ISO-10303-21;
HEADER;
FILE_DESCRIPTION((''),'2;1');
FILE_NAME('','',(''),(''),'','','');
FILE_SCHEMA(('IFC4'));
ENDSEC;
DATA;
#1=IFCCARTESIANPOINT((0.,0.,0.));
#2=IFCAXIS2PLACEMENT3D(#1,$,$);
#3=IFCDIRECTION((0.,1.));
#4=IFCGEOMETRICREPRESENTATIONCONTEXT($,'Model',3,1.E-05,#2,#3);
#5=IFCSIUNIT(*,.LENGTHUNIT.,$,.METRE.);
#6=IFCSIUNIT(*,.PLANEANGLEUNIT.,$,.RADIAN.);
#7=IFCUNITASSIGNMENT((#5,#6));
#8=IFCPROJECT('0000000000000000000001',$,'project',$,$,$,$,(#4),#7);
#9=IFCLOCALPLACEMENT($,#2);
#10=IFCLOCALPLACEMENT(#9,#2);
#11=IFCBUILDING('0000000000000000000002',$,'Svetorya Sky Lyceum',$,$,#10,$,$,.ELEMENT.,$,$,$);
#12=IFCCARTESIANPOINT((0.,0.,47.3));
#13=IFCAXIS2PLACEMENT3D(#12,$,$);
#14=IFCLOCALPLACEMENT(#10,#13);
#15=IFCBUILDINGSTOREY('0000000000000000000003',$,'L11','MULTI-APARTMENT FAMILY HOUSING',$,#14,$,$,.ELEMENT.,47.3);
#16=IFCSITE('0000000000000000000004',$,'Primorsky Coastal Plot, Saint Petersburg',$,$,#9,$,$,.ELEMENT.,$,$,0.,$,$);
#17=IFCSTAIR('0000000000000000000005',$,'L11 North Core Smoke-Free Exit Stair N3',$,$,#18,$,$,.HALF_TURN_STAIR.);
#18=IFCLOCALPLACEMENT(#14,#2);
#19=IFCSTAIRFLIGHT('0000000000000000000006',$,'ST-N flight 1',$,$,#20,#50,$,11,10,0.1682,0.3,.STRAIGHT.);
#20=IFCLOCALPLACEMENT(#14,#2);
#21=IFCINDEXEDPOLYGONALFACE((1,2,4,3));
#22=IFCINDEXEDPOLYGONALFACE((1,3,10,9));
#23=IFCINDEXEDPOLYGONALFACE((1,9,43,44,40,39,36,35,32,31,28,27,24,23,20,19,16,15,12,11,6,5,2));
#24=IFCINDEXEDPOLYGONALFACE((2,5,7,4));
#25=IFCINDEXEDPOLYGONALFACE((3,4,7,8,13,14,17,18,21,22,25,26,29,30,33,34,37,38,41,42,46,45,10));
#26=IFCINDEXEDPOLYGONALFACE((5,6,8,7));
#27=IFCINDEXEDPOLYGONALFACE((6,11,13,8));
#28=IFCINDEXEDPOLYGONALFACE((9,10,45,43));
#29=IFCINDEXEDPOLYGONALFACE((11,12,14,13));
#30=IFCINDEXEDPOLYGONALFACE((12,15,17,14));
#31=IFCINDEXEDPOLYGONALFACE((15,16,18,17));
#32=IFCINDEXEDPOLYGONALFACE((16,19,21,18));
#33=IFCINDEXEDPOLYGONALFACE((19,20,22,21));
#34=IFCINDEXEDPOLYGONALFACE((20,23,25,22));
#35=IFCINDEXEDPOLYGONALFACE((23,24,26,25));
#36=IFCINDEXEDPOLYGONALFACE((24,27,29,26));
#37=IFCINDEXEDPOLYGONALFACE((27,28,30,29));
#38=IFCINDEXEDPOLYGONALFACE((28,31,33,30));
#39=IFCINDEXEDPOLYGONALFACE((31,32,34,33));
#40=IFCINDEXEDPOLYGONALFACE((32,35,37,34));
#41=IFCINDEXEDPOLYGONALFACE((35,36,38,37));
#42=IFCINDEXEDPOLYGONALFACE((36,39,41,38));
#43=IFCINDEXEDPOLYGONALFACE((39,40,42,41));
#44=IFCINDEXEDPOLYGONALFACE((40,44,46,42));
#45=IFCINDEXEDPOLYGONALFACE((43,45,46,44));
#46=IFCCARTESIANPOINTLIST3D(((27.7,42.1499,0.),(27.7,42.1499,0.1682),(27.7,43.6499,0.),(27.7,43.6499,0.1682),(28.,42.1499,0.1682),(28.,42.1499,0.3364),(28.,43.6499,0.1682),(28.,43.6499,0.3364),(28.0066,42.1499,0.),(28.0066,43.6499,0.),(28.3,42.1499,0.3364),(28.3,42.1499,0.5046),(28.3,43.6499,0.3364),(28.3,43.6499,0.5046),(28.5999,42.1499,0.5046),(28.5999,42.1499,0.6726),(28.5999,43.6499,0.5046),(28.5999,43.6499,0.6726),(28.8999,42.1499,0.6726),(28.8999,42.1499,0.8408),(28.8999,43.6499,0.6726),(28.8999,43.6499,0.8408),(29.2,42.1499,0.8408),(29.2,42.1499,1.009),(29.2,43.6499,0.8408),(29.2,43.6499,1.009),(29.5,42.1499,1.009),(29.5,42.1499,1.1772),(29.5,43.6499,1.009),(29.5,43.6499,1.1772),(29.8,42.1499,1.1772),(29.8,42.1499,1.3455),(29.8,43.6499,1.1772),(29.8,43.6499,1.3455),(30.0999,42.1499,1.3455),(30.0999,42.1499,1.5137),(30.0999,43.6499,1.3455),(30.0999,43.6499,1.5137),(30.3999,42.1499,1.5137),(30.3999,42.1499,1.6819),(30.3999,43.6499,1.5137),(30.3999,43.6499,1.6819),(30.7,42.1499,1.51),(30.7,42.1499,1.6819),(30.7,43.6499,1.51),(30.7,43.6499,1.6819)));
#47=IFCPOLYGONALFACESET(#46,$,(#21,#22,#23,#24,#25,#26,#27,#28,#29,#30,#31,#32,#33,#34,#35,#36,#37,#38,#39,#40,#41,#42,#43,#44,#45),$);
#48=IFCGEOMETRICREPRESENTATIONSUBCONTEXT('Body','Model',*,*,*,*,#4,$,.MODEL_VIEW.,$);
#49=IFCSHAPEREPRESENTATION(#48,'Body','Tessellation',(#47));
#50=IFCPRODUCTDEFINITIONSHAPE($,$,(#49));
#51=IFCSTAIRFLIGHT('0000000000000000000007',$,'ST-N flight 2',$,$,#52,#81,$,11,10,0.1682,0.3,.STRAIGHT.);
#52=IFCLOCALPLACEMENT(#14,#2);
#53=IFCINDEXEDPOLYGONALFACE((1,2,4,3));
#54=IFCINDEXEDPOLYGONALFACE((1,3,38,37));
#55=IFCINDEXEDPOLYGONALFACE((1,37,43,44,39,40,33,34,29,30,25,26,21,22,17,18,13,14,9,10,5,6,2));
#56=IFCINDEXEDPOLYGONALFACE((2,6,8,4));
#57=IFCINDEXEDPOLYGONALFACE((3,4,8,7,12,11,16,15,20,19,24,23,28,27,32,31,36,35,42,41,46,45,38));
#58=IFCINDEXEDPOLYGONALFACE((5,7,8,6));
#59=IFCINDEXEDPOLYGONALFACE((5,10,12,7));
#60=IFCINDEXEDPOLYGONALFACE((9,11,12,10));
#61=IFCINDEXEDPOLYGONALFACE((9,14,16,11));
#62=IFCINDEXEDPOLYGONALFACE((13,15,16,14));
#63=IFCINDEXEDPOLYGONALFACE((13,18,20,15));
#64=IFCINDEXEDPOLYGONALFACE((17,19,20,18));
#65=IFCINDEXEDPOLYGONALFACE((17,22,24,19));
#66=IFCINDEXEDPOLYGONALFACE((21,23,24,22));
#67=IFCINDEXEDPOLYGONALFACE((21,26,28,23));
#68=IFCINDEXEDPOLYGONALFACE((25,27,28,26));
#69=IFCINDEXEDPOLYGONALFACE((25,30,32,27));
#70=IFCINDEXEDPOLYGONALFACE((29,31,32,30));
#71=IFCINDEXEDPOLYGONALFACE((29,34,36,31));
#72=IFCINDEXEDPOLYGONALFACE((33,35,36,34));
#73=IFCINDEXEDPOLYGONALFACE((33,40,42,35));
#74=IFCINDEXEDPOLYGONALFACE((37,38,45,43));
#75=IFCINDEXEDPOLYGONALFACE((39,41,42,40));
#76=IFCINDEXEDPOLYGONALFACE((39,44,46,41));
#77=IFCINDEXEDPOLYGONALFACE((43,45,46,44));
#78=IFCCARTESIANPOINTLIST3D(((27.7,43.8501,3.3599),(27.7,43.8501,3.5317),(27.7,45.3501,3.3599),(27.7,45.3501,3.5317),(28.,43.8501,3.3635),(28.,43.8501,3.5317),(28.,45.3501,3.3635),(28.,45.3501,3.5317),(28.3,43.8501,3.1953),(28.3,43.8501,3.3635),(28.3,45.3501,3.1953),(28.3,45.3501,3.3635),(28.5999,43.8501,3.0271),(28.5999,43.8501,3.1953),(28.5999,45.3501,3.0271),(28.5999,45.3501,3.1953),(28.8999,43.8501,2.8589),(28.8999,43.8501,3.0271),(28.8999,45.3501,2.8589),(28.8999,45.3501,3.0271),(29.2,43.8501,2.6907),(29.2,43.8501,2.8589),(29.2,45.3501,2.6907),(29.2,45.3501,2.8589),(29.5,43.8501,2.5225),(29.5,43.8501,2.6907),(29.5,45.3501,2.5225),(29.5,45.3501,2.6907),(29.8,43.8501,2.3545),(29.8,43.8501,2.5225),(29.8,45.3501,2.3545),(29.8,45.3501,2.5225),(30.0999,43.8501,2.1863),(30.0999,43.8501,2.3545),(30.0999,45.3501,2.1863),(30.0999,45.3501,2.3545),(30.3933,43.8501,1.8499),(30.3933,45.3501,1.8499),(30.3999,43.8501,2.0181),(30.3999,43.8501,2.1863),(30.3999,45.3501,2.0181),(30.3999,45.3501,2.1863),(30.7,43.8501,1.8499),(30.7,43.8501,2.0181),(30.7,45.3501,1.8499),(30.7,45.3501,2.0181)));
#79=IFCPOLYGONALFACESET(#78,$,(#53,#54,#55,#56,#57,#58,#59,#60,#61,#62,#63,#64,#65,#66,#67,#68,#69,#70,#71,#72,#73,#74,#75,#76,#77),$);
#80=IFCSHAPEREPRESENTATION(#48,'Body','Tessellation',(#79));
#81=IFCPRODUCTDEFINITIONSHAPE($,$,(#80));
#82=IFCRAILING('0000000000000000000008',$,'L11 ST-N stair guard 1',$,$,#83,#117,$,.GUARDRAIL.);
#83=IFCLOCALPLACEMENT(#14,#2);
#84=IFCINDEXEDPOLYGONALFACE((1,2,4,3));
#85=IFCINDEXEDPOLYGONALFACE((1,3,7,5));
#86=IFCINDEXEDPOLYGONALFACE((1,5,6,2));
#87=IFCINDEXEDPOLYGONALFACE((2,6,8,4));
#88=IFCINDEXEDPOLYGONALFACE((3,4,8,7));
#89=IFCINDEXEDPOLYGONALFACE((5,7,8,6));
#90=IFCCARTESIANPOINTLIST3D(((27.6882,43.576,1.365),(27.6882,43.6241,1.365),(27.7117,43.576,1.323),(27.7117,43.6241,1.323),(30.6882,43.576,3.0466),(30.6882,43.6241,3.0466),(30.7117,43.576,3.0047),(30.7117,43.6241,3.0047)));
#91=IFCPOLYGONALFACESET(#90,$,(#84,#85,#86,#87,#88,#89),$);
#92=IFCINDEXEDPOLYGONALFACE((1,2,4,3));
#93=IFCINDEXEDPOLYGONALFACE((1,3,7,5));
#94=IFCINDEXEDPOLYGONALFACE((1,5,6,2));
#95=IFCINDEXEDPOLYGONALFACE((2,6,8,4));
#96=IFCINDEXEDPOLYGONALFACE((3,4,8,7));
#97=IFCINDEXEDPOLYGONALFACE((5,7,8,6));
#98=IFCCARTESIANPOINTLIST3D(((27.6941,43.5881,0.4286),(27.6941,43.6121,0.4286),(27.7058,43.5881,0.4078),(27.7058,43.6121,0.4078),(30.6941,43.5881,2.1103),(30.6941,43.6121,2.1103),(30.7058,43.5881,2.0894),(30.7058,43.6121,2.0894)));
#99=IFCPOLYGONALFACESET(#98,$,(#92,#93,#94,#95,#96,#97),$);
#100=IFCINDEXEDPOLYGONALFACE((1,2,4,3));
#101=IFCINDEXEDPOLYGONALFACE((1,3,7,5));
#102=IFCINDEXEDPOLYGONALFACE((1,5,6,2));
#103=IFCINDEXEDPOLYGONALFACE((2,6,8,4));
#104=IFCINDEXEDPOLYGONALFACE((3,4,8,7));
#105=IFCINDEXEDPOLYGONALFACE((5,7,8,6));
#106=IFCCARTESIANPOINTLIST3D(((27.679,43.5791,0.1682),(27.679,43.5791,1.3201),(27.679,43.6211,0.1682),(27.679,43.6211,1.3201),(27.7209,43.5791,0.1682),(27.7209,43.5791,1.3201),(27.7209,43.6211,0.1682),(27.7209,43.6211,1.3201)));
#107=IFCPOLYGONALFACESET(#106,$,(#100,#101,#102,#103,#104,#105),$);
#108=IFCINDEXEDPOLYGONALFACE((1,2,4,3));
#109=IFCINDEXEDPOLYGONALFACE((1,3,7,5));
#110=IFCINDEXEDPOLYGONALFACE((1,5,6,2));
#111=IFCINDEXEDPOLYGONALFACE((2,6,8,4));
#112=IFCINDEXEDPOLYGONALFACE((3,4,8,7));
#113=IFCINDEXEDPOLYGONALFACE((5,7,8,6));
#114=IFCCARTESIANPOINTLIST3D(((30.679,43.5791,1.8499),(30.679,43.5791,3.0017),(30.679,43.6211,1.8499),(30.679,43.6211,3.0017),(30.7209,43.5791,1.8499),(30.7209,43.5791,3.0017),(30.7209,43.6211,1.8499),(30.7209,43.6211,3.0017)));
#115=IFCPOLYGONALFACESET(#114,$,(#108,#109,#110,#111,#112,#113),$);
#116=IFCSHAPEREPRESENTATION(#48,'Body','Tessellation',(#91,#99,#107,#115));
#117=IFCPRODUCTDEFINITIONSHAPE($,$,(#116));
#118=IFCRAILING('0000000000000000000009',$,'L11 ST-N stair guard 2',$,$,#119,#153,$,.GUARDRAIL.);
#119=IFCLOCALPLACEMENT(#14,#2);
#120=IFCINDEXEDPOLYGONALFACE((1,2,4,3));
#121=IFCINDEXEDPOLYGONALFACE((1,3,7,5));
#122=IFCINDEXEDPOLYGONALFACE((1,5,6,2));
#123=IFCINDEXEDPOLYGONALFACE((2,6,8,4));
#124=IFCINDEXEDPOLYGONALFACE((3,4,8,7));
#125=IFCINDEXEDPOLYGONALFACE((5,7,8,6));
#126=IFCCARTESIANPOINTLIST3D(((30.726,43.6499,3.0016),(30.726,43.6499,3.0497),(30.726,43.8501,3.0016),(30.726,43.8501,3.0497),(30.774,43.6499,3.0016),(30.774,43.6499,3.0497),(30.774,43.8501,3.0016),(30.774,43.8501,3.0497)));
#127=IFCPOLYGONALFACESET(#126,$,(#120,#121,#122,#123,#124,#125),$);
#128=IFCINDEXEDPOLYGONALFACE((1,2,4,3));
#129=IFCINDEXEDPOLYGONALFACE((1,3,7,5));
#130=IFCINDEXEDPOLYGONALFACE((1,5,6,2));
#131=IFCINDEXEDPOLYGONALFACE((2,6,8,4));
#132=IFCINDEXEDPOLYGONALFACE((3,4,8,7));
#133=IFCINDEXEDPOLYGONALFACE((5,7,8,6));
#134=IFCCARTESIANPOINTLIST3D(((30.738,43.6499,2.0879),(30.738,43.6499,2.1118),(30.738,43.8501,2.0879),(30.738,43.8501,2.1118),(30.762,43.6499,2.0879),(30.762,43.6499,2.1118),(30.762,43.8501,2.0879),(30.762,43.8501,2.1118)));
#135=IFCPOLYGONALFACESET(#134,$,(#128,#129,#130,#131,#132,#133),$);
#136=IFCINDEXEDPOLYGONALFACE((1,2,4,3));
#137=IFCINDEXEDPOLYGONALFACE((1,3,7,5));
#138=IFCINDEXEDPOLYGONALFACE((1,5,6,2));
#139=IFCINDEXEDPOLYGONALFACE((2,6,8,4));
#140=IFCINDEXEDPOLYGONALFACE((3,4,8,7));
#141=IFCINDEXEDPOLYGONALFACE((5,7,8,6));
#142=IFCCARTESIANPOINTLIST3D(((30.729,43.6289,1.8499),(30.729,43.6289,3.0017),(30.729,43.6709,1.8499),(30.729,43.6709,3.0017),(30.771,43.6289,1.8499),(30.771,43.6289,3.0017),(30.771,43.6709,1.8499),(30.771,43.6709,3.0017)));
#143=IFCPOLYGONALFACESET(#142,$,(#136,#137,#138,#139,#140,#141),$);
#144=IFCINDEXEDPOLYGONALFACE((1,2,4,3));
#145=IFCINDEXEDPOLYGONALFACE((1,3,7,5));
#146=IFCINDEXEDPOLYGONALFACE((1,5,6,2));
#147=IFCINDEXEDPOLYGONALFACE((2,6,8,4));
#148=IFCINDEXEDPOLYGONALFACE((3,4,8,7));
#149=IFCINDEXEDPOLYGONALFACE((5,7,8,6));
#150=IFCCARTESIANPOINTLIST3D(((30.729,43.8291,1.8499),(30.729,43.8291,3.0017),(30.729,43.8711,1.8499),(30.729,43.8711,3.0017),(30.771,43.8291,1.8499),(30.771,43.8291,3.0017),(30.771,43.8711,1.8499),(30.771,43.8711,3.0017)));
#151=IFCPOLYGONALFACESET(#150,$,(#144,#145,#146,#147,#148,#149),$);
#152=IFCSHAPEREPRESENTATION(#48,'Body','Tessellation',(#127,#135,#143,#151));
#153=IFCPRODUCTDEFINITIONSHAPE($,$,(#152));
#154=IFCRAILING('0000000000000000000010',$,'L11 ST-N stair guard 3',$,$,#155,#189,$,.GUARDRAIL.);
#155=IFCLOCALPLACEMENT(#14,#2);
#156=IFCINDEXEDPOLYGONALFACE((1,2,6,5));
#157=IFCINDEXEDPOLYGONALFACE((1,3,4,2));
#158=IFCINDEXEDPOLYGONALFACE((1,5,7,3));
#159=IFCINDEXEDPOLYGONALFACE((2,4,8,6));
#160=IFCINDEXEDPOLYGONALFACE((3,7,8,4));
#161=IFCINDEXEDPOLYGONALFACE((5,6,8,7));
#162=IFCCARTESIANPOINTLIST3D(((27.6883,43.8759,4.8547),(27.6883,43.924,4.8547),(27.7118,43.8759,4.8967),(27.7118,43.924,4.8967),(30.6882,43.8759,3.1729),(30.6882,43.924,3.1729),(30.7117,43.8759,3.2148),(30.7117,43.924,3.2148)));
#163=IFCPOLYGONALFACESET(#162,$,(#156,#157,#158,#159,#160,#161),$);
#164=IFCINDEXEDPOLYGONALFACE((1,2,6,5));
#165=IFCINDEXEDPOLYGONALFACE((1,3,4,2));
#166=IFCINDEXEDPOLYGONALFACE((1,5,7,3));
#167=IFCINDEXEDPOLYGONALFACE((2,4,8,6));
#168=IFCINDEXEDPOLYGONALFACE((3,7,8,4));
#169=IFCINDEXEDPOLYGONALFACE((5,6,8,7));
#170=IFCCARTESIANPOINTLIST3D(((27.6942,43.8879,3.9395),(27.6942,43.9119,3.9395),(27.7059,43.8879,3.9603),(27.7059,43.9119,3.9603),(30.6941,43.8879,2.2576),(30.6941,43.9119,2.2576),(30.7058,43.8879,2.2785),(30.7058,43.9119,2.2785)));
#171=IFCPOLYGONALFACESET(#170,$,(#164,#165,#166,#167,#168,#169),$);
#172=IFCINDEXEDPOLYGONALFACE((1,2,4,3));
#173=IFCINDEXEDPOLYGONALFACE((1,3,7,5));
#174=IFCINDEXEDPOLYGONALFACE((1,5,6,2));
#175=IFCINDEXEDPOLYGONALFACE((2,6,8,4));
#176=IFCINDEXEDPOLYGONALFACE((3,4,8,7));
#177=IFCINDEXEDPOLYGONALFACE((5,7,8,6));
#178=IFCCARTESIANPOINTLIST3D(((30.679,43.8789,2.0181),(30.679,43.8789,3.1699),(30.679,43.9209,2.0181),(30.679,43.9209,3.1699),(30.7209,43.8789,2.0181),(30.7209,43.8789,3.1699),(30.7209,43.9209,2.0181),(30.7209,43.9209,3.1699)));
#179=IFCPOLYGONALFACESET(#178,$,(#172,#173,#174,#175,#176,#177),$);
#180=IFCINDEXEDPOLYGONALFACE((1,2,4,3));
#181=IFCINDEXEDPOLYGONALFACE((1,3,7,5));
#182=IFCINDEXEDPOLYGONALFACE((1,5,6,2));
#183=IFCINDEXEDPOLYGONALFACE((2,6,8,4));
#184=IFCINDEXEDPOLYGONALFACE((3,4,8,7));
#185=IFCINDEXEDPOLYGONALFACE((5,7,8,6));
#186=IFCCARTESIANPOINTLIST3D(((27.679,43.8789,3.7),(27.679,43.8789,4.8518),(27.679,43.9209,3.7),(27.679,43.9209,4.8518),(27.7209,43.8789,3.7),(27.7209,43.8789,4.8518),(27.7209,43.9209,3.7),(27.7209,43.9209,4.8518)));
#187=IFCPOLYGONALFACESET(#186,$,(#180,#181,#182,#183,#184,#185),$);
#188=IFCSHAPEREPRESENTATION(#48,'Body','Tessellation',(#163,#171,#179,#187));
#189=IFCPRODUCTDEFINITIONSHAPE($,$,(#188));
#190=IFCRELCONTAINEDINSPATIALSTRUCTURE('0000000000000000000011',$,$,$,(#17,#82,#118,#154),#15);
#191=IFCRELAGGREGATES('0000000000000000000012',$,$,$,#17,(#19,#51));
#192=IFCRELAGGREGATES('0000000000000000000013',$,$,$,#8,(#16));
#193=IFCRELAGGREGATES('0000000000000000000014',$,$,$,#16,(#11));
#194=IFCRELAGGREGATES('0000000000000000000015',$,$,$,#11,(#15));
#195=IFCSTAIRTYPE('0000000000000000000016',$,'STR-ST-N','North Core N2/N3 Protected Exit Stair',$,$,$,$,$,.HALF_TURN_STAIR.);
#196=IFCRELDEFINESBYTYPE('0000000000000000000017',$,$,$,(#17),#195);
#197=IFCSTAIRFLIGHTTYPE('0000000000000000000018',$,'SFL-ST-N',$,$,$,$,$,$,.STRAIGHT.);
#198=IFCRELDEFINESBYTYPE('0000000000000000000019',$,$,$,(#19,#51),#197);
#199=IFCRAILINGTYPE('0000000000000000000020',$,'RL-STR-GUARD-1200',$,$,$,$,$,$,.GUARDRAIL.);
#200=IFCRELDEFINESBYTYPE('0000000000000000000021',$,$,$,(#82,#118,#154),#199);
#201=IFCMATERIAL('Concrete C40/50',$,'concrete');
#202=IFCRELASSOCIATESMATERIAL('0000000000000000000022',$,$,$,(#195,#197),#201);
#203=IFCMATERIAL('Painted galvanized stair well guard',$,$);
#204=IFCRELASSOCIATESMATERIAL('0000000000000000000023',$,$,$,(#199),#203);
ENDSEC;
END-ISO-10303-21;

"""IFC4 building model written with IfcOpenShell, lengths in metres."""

from ifc_helpers import new_model, si_unit, direction, frame, origin, origin_2d, place, context, subcontext, project, spatial, polyline, rectangle, outline, extrude, material, type_object, element, aggregate, save


model = new_model("IFC4")

# Units and contexts
model_context = context("Model", 3, precision=1e-05, world=origin(), true_north=direction((0.0, 1.0)))
body_context = subcontext(model_context, "Body", "Model", "MODEL_VIEW")
ifc_project = project(units=[si_unit("LENGTHUNIT", "METRE"), si_unit("PLANEANGLEUNIT", "RADIAN")], contexts=[model_context])

# Site, building, storey
site_placement = place(None, origin())
site = spatial("IfcSite", under=ifc_project, at=site_placement, Name="Primorsky Coastal Plot, Saint Petersburg", CompositionType="ELEMENT", RefElevation=0.0)
building_placement = place(site_placement, origin())
building = spatial("IfcBuilding", under=site, at=building_placement, Name="Svetorya Sky Lyceum", CompositionType="ELEMENT")
storey_placement = place(building_placement, frame((0.0, 0.0, 47.3)))
storey = spatial("IfcBuildingStorey", under=building, at=storey_placement, Name="L11", Description="MULTI-APARTMENT FAMILY HOUSING", CompositionType="ELEMENT", Elevation=47.3)

# Stair, stair flights
ifc_material_1 = material(Name="Concrete C40/50", Category="concrete")
stair_type = type_object("IfcStairType", Name="STR-ST-N", Description="North Core N2/N3 Protected Exit Stair", PredefinedType="HALF_TURN_STAIR", material=ifc_material_1)
stair_placement = place(storey_placement, origin())
stair = element("IfcStair", 1, at=stair_placement, inside=storey, type_object=stair_type, Name="L11 North Core Smoke-Free Exit Stair N3", PredefinedType="HALF_TURN_STAIR")
stair_flight_type = type_object("IfcStairFlightType", Name="SFL-ST-N", PredefinedType="STRAIGHT", material=ifc_material_1)
stair_flight_1_placement = place(storey_placement, frame((27.7, 42.8999, 0.0), z_axis=(0.0, 0.0, 1.0), x_axis=(1.0, 0.0, 0.0)))
stair_flight_1 = element("IfcStairFlight", 2, at=stair_flight_1_placement, type_object=stair_flight_type, Name="ST-N flight 1", NumberOfRisers=11, NumberOfTreads=10, PredefinedType="STRAIGHT", RiserHeight=0.1682, TreadLength=0.3, context=body_context, shape_type="SweptSolid", body=[
    extrude(outline(polyline([(0.0, 0.0), (0.0, 0.1682), (0.3, 0.1682), (0.3, 0.3364), (0.6001, 0.3364), (0.6001, 0.5046), (0.8999, 0.5046), (0.8999, 0.6726), (1.2, 0.6726), (1.2, 0.8408), (1.5, 0.8408), (1.5, 1.009), (1.8, 1.009), (1.8, 1.1772), (2.1001, 1.1772), (2.1001, 1.3455), (2.3999, 1.3455), (2.3999, 1.5137), (2.7, 1.5137), (2.7, 1.6819), (3.0, 1.6819), (3.0, 1.8501), (3.0, 1.51), (0.3066, 0.0), (0.0, 0.0)])), frame((0.0, 0.75, 0.0), z_axis=(0.0, -1.0, 0.0), x_axis=(1.0, 0.0, 0.0)), (0.0, 0.0, 1.0), 1.5),
])
stair_flight_2_placement = place(storey_placement, frame((30.7, 44.6001, 1.8499), z_axis=(0.0, 0.0, 1.0), x_axis=(-1.0, 0.0, 0.0)))
stair_flight_2 = element("IfcStairFlight", 3, at=stair_flight_2_placement, type_object=stair_flight_type, Name="ST-N flight 2", NumberOfRisers=11, NumberOfTreads=10, PredefinedType="STRAIGHT", RiserHeight=0.1682, TreadLength=0.3, context=body_context, shape_type="SweptSolid", body=[
    extrude(outline(polyline([(0.0, 0.0), (0.0, 0.1682), (0.3, 0.1682), (0.3, 0.3364), (0.6001, 0.3364), (0.6001, 0.5046), (0.8999, 0.5046), (0.8999, 0.6726), (1.2, 0.6726), (1.2, 0.8408), (1.5, 0.8408), (1.5, 1.009), (1.8, 1.009), (1.8, 1.1772), (2.1001, 1.1772), (2.1001, 1.3455), (2.3999, 1.3455), (2.3999, 1.5137), (2.7, 1.5137), (2.7, 1.6819), (3.0, 1.6819), (3.0, 1.8501), (3.0, 1.51), (0.3066, 0.0), (0.0, 0.0)])), frame((0.0, 0.75, 0.0), z_axis=(0.0, -1.0, 0.0), x_axis=(1.0, 0.0, 0.0)), (0.0, 0.0, 1.0), 1.5),
])
aggregate(stair, [stair_flight_1, stair_flight_2])

# Railings
ifc_material_2 = material(Name="Painted galvanized stair well guard")
railing_type_1 = type_object("IfcRailingType", Name="RL-STR-GUARD-1200", PredefinedType="GUARDRAIL", material=ifc_material_2)
railing_1_placement = place(storey_placement, frame((27.7, 43.6001, 0.1682)))
element("IfcRailing", 4, at=railing_1_placement, inside=storey, type_object=railing_type_1, Name="L11 ST-N stair guard 1", PredefinedType="GUARDRAIL", context=body_context, shape_type="SweptSolid", body=[
    extrude(rectangle(XDim=0.0481, YDim=0.0481, at=origin_2d()), frame((0.0, 0.0, 1.1758), z_axis=(0.872303, 0.0, 0.488966), x_axis=(0.0, 1.0, 0.0)), (0.0, 0.0, 1.0), 3.4392),
    extrude(rectangle(XDim=0.0239, YDim=0.0239, at=origin_2d()), frame((0.0, 0.0, 0.25), z_axis=(0.872303, 0.0, 0.488966), x_axis=(0.0, 1.0, 0.0)), (0.0, 0.0, 1.0), 3.4392),
    extrude(rectangle(XDim=0.042, YDim=0.042, at=origin_2d()), origin(), (0.0, 0.0, 1.0), 1.1519),
    extrude(rectangle(XDim=0.042, YDim=0.042, at=origin_2d()), frame((3.0, 0.0, 1.6816)), (0.0, 0.0, 1.0), 1.1519),
])
railing_2_placement = place(storey_placement, frame((30.75, 43.6499, 1.8499)))
element("IfcRailing", 5, at=railing_2_placement, inside=storey, type_object=railing_type_1, Name="L11 ST-N stair guard 2", PredefinedType="GUARDRAIL", context=body_context, shape_type="SweptSolid", body=[
    extrude(rectangle(XDim=0.0481, YDim=0.0481, at=origin_2d()), frame((0.0, 0.0, 1.1758), z_axis=(0.0, 1.0, 0.0), x_axis=(-1.0, 0.0, 0.0)), (0.0, 0.0, 1.0), 0.2002),
    extrude(rectangle(XDim=0.0239, YDim=0.0239, at=origin_2d()), frame((0.0, 0.0, 0.25), z_axis=(0.0, 1.0, 0.0), x_axis=(-1.0, 0.0, 0.0)), (0.0, 0.0, 1.0), 0.2002),
    extrude(rectangle(XDim=0.042, YDim=0.042, at=origin_2d()), origin(), (0.0, 0.0, 1.0), 1.1519),
    extrude(rectangle(XDim=0.042, YDim=0.042, at=origin_2d()), frame((0.0, 0.2002, 0.0)), (0.0, 0.0, 1.0), 1.1519),
])
railing_3_placement = place(storey_placement, frame((30.7, 43.8999, 2.0181)))
element("IfcRailing", 6, at=railing_3_placement, inside=storey, type_object=railing_type_1, Name="L11 ST-N stair guard 3", PredefinedType="GUARDRAIL", context=body_context, shape_type="SweptSolid", body=[
    extrude(rectangle(XDim=0.0481, YDim=0.0481, at=origin_2d()), frame((0.0, 0.0, 1.1758), z_axis=(-0.872272, 0.0, 0.48902), x_axis=(0.0, -1.0, 0.0)), (0.0, 0.0, 1.0), 3.4392),
    extrude(rectangle(XDim=0.0239, YDim=0.0239, at=origin_2d()), frame((0.0, 0.0, 0.25), z_axis=(-0.872272, 0.0, 0.48902), x_axis=(0.0, -1.0, 0.0)), (0.0, 0.0, 1.0), 3.4392),
    extrude(rectangle(XDim=0.042, YDim=0.042, at=origin_2d()), origin(), (0.0, 0.0, 1.0), 1.1519),
    extrude(rectangle(XDim=0.042, YDim=0.042, at=origin_2d()), frame((-3.0, 0.0, 1.6819)), (0.0, 0.0, 1.0), 1.1519),
])

save(model, "model.ifc")
